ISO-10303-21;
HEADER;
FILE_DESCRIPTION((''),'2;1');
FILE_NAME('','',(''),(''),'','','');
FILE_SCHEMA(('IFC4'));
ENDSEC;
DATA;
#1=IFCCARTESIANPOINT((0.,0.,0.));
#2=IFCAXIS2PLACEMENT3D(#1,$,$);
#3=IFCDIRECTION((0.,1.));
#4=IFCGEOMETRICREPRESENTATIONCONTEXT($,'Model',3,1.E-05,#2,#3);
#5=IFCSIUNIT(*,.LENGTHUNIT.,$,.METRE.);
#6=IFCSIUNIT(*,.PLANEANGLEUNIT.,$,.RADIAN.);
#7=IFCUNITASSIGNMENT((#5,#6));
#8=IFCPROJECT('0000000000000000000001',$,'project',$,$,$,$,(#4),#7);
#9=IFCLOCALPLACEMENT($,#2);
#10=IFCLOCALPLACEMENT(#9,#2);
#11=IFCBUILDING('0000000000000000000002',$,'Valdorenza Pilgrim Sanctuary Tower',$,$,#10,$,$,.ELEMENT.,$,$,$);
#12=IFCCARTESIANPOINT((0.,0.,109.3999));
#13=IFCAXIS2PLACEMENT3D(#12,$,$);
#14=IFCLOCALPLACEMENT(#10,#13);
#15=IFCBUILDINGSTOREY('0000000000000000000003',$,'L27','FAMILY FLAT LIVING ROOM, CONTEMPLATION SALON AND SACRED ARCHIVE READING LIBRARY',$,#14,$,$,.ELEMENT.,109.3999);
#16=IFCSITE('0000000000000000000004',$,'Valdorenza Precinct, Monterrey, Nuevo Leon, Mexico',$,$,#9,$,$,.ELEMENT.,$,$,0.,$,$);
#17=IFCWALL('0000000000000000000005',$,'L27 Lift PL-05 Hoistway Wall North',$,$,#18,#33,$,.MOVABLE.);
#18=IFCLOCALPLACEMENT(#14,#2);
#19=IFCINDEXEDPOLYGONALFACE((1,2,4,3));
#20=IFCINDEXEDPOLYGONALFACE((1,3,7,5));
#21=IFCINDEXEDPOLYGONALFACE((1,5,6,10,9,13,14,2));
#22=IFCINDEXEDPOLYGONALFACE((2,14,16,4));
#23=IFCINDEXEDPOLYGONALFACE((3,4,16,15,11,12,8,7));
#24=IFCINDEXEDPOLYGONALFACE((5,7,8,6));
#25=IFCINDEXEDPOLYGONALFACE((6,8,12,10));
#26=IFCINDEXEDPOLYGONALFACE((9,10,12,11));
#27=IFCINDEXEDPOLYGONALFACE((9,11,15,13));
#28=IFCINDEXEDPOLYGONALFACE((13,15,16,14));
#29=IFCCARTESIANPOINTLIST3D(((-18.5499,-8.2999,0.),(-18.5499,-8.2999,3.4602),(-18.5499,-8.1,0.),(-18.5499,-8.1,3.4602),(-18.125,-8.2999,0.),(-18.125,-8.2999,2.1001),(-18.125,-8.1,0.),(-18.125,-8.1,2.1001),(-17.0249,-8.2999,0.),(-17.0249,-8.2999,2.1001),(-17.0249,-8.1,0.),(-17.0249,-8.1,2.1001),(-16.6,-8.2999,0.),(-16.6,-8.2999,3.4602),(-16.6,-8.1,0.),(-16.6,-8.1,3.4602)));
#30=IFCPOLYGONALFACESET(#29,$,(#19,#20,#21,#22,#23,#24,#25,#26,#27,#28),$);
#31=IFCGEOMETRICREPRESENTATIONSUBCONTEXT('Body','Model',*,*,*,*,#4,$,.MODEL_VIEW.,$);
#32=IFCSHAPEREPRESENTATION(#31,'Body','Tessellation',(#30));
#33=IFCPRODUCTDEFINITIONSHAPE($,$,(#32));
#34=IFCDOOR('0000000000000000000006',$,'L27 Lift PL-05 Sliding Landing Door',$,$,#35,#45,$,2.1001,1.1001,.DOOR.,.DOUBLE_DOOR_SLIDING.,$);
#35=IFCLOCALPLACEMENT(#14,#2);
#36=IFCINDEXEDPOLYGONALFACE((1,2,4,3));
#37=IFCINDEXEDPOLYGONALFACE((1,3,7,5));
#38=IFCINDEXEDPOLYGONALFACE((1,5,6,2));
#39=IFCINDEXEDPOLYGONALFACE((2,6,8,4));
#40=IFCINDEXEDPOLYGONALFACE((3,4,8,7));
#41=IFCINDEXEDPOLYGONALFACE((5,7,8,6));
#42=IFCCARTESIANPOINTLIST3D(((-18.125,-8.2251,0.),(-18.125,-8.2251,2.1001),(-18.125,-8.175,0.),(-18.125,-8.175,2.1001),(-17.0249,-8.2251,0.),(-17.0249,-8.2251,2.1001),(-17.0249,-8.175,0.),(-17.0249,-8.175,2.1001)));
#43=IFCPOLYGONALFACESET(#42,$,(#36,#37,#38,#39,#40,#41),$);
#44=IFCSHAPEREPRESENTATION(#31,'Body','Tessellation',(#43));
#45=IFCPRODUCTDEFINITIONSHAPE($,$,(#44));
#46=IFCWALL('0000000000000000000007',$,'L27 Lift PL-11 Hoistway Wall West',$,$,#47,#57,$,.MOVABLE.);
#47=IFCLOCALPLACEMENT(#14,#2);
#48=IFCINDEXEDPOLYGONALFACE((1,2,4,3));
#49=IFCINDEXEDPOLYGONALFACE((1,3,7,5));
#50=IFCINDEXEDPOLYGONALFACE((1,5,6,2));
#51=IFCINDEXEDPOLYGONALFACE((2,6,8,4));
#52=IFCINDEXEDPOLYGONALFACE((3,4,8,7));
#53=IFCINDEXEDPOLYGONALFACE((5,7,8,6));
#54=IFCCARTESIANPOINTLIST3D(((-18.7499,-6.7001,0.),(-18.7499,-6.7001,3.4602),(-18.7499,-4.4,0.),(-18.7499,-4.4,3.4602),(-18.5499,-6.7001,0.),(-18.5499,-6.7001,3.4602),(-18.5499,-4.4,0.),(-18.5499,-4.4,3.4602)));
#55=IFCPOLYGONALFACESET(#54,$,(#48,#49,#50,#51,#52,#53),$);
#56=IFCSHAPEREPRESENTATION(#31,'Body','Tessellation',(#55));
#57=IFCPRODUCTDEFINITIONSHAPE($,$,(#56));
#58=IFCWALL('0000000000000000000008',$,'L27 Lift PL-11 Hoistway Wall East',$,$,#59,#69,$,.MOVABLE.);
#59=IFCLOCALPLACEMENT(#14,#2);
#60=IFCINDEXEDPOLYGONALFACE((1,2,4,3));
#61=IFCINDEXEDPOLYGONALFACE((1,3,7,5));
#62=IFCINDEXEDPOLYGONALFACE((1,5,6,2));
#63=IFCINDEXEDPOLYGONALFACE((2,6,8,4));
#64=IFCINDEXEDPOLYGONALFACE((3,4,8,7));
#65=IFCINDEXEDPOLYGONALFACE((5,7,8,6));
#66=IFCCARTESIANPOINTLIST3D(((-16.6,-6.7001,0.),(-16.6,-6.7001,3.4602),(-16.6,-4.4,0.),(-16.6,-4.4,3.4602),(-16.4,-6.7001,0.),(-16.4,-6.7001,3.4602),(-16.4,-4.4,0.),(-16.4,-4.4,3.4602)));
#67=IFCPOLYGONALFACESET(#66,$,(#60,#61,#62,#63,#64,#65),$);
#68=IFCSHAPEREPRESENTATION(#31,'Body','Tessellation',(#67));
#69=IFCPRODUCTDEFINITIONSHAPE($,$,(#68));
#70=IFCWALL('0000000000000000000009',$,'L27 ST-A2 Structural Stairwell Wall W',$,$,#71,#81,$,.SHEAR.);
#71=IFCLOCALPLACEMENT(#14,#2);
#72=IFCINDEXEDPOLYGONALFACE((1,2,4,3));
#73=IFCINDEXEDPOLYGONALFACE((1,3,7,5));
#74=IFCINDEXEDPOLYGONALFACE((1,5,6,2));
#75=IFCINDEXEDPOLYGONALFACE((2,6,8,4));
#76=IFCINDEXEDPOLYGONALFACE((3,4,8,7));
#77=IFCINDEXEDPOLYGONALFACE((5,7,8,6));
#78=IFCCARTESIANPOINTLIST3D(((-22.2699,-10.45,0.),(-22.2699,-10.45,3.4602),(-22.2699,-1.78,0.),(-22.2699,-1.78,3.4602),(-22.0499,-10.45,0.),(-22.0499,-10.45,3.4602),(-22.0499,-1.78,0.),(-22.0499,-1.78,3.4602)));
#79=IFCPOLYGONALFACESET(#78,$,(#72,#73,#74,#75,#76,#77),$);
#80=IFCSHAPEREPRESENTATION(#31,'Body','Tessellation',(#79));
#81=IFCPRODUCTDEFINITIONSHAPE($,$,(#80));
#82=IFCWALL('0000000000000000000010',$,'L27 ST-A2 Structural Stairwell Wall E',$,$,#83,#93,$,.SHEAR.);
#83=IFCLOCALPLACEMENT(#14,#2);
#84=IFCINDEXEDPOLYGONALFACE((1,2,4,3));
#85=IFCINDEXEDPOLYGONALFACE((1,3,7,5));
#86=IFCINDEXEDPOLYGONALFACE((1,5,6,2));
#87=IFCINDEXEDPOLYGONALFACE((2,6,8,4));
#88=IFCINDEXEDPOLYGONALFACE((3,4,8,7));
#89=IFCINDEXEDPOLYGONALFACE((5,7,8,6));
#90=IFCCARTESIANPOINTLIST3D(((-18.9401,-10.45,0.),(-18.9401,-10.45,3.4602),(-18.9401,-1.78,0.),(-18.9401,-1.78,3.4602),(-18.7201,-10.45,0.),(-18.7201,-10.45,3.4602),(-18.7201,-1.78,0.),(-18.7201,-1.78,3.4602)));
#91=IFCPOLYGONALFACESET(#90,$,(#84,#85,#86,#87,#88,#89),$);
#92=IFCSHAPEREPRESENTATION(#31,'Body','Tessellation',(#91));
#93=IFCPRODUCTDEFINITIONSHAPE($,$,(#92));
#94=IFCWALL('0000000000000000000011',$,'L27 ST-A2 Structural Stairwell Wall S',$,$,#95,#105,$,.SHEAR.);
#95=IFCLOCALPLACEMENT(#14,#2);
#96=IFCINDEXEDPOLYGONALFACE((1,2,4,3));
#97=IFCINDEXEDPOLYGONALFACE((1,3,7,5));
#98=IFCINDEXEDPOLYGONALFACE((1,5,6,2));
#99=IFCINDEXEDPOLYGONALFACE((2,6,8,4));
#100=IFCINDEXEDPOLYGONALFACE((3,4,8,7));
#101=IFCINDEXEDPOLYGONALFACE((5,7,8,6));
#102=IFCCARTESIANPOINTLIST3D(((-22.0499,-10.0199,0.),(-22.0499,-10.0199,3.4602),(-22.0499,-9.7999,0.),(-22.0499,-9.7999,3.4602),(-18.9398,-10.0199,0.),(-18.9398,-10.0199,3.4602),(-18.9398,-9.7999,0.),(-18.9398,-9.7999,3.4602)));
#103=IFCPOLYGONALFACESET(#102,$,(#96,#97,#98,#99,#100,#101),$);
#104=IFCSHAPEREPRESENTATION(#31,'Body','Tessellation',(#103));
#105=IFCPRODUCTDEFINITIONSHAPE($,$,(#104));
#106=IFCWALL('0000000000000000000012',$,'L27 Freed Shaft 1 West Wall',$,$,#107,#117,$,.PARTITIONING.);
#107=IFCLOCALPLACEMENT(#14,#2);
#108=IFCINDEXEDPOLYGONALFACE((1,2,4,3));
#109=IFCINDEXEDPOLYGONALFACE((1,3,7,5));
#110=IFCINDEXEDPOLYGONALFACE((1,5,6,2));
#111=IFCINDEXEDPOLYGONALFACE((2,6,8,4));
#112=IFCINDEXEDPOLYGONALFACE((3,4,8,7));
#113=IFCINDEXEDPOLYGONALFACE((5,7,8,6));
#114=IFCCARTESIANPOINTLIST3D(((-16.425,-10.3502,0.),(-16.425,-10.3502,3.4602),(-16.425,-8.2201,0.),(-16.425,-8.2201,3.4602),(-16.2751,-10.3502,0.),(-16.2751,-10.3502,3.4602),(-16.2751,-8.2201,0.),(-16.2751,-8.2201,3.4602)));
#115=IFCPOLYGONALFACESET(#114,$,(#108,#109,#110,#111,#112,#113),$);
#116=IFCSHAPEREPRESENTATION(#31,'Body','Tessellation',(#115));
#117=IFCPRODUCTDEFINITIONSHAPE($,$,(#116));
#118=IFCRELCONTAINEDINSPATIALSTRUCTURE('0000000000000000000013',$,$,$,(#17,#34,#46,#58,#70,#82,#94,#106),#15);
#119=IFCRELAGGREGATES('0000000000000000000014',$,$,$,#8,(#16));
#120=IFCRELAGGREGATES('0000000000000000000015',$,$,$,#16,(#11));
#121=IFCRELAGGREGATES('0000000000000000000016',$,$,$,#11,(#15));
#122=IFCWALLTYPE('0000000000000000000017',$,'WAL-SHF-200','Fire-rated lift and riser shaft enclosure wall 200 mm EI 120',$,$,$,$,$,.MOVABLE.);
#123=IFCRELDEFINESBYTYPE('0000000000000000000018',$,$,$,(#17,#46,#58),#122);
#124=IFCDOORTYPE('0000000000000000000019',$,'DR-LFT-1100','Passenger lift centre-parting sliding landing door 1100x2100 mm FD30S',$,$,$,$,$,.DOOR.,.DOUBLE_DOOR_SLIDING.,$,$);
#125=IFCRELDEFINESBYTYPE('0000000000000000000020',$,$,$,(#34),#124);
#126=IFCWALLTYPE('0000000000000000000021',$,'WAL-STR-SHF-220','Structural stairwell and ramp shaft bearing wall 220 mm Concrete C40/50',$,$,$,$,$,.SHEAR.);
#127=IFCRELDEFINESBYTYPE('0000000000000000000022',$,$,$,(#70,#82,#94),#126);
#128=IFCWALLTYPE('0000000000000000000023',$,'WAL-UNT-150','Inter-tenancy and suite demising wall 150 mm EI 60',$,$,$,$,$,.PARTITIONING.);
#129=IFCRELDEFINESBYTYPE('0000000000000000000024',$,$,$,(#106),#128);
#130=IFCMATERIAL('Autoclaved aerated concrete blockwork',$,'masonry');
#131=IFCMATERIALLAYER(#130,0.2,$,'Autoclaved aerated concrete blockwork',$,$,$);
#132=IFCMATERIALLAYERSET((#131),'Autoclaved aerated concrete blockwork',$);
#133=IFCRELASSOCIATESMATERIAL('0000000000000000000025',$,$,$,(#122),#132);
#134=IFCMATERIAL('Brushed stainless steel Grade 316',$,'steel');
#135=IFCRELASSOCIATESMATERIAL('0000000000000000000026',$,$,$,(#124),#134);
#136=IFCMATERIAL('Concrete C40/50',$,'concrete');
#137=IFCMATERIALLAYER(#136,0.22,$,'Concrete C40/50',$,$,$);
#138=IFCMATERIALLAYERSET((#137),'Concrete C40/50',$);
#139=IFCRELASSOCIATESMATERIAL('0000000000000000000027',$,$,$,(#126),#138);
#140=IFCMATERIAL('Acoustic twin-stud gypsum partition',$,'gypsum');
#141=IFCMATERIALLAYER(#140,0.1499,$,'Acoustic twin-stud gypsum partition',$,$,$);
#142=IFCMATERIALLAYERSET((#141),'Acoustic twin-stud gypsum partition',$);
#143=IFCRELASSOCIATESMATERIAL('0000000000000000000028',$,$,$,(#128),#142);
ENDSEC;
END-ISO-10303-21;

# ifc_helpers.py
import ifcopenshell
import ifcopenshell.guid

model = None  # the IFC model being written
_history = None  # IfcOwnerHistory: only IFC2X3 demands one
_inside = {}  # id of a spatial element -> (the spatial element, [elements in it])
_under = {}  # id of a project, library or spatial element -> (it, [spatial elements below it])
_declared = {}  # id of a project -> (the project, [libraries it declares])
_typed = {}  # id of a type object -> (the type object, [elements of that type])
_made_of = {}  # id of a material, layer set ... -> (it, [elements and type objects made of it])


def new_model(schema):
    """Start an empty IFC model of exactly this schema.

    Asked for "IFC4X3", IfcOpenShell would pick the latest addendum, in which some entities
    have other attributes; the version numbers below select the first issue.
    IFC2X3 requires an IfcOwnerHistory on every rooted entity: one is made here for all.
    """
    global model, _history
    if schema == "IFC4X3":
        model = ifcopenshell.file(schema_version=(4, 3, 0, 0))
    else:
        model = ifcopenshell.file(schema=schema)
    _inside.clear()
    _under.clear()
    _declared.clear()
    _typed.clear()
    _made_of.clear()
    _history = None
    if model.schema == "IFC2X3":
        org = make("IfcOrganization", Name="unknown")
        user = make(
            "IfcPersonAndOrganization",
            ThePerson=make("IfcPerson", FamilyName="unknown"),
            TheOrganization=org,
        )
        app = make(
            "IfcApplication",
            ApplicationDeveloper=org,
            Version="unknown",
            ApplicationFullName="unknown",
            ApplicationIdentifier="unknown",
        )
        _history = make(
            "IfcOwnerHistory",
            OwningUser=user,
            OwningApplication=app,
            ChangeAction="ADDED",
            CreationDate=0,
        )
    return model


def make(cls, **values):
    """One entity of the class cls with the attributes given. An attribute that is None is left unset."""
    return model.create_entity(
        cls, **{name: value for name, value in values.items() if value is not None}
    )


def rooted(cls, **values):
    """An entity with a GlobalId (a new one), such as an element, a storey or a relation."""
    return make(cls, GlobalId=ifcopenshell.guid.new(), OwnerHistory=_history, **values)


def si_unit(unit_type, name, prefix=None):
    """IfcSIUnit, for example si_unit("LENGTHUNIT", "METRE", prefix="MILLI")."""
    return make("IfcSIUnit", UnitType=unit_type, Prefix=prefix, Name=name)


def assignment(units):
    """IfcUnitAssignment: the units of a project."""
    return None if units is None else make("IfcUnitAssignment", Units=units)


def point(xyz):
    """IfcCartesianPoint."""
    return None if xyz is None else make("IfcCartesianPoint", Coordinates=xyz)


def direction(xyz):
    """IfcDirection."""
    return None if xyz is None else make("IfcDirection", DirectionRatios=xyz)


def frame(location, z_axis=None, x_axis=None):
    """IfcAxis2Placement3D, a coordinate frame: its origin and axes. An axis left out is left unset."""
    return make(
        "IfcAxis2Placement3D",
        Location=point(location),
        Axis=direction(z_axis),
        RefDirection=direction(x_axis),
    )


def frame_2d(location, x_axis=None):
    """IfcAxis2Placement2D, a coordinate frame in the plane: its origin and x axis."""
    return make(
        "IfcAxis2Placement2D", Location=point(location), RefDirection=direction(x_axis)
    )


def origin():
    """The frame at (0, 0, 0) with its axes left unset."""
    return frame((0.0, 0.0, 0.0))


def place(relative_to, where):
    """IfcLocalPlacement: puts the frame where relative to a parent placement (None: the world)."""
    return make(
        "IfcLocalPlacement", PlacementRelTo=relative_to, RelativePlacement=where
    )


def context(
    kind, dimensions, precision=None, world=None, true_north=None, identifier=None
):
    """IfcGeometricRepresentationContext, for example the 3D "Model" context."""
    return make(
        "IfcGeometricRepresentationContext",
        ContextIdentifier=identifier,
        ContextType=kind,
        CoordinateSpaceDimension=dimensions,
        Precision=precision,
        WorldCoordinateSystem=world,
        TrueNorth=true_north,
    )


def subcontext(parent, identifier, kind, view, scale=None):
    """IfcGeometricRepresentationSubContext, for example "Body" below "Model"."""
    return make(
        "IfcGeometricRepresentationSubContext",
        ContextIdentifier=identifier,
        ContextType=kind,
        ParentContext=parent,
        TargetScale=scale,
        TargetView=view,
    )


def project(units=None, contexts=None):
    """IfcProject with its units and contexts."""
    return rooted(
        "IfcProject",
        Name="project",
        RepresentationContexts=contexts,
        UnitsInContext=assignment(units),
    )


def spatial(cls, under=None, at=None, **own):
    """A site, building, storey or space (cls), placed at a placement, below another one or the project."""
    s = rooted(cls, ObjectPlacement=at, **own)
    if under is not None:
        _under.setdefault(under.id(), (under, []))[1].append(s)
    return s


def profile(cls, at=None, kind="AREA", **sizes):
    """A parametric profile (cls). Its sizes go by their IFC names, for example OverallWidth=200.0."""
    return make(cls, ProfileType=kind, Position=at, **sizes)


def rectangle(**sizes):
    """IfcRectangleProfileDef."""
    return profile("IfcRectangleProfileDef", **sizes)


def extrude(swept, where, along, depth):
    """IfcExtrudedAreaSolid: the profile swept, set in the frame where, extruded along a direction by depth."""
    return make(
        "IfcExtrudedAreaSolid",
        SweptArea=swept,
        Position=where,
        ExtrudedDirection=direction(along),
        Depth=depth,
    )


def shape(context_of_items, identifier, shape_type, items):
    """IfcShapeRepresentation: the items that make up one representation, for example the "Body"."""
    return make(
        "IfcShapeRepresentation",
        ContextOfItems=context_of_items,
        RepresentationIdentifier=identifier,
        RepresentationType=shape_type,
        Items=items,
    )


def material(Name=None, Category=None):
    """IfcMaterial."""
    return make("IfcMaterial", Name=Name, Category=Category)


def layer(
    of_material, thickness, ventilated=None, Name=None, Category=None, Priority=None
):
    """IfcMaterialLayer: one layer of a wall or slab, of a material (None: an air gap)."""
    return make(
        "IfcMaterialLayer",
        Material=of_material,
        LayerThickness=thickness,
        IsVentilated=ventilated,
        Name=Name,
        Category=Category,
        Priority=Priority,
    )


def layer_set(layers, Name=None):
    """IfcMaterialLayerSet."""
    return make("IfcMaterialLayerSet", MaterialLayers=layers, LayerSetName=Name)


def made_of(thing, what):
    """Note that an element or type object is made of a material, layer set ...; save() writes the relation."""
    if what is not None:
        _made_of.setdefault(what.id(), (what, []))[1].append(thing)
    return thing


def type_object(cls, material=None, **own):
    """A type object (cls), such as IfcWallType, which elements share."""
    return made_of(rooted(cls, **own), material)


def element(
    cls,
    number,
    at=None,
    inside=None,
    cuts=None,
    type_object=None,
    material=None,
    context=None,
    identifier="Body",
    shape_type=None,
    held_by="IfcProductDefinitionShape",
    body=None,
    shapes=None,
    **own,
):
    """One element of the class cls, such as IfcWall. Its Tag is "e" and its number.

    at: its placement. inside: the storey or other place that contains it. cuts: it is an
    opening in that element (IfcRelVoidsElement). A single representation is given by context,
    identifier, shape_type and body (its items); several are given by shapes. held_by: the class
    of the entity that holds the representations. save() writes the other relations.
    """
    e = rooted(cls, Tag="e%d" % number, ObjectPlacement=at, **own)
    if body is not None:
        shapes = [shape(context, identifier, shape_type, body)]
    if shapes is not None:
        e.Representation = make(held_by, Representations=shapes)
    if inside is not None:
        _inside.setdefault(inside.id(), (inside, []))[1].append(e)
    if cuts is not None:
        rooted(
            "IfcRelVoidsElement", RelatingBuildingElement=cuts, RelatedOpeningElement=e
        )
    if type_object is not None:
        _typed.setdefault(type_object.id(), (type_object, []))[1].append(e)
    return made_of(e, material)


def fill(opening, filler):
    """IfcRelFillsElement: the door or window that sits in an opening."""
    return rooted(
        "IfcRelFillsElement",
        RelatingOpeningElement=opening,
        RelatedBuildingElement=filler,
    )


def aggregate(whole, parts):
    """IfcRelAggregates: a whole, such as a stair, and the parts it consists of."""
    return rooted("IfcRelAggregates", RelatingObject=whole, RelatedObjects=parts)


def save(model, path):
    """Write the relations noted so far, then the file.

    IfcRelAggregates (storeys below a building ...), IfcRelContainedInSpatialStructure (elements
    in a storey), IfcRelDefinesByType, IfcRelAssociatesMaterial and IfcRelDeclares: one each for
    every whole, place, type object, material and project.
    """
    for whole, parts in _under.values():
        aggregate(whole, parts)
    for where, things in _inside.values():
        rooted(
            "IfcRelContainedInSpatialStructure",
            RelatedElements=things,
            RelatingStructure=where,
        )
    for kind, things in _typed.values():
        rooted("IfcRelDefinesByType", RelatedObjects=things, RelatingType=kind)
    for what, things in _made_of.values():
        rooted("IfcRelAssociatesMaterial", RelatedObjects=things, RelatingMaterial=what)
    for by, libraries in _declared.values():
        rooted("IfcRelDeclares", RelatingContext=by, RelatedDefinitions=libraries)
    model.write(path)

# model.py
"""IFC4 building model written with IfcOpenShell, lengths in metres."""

from ifc_helpers import new_model, si_unit, direction, frame, frame_2d, origin, place, context, subcontext, project, spatial, rectangle, extrude, material, layer, layer_set, type_object, element, fill, save


model = new_model("IFC4")

# Units and contexts
model_context = context("Model", 3, precision=1e-05, world=origin(), true_north=direction((0.0, 1.0)))
body_context = subcontext(model_context, "Body", "Model", "MODEL_VIEW")
ifc_project = project(units=[si_unit("LENGTHUNIT", "METRE"), si_unit("PLANEANGLEUNIT", "RADIAN")], contexts=[model_context])

# Site, building, storey
site_placement = place(None, origin())
site = spatial("IfcSite", under=ifc_project, at=site_placement, Name="Valdorenza Precinct, Monterrey, Nuevo Leon, Mexico", CompositionType="ELEMENT", RefElevation=0.0)
building_placement = place(site_placement, origin())
building = spatial("IfcBuilding", under=site, at=building_placement, Name="Valdorenza Pilgrim Sanctuary Tower", CompositionType="ELEMENT")
storey_placement = place(building_placement, frame((0.0, 0.0, 109.3999)))
storey = spatial("IfcBuildingStorey", under=building, at=storey_placement, Name="L27", Description="FAMILY FLAT LIVING ROOM, CONTEMPLATION SALON AND SACRED ARCHIVE READING LIBRARY", CompositionType="ELEMENT", Elevation=109.3999)

# Shared definitions
ifc_material_1 = material(Name="Acoustic twin-stud gypsum partition", Category="gypsum")

# Shared definitions
ifc_material_2 = material(Name="Autoclaved aerated concrete blockwork", Category="masonry")
ifc_layer_1 = layer(ifc_material_2, 0.2, Name="Autoclaved aerated concrete blockwork")
ifc_layer_set_1 = layer_set([ifc_layer_1], Name="Autoclaved aerated concrete blockwork")
wall_type_1 = type_object("IfcWallType", Name="WAL-SHF-200", Description="Fire-rated lift and riser shaft enclosure wall 200 mm EI 120", PredefinedType="MOVABLE", material=ifc_layer_set_1)

# Wall, opening, door
wall_1_placement = place(storey_placement, frame((-18.55, -8.2, 0.0), z_axis=(0.0, 0.0, 1.0), x_axis=(1.0, 0.0, 0.0)))
wall_1 = element("IfcWall", 1, at=wall_1_placement, inside=storey, type_object=wall_type_1, Name="L27 Lift PL-05 Hoistway Wall North", PredefinedType="MOVABLE", context=body_context, shape_type="SweptSolid", body=[
    extrude(rectangle(XDim=1.95, YDim=0.2, at=frame_2d((0.9751, 0.0))), origin(), (0.0, 0.0, 1.0), 3.4602),
])
opening_1_placement = place(wall_1_placement, frame((0.425, 0.0, 0.0)))
opening_1 = element("IfcOpeningElement", 2, at=opening_1_placement, cuts=wall_1, PredefinedType="OPENING", context=body_context, shape_type="SweptSolid", body=[
    extrude(rectangle(XDim=1.1001, YDim=2.1001, at=frame_2d((0.55, 1.05))), frame((0.0, 0.1147, 0.0), z_axis=(0.0, -1.0, 0.0), x_axis=(1.0, 0.0, 0.0)), (0.0, 0.0, 1.0), 0.2297),
])
ifc_material_3 = material(Name="Brushed stainless steel Grade 316", Category="steel")
door_type_1 = type_object("IfcDoorType", Name="DR-LFT-1100", Description="Passenger lift centre-parting sliding landing door 1100x2100 mm FD30S", OperationType="DOUBLE_DOOR_SLIDING", PredefinedType="DOOR", material=ifc_material_3)
door_1_placement = place(opening_1_placement, origin())
door_1 = element("IfcDoor", 3, at=door_1_placement, inside=storey, type_object=door_type_1, Name="L27 Lift PL-05 Sliding Landing Door", OperationType="DOUBLE_DOOR_SLIDING", OverallHeight=2.1001, OverallWidth=1.1001, PredefinedType="DOOR", context=body_context, shape_type="SweptSolid", body=[
    extrude(rectangle(XDim=1.1001, YDim=2.1001, at=frame_2d((0.55, 1.05))), frame((0.0, 0.0249, 0.0), z_axis=(0.0, -1.0, 0.0), x_axis=(1.0, 0.0, 0.0)), (0.0, 0.0, 1.0), 0.05),
])
fill(opening_1, door_1)

# Walls
for number, where, z_axis, x_axis, name in (
    (4, (-18.6499, -6.7, 0.0), (0.0, 0.0, 1.0), (0.0, 1.0, 0.0), "L27 Lift PL-11 Hoistway Wall West"),
    (5, (-16.5, -6.7, 0.0), (0.0, 0.0, 1.0), (0.0, 1.0, 0.0), "L27 Lift PL-11 Hoistway Wall East"),
):
    element("IfcWall", number, at=place(storey_placement, frame(where, z_axis=z_axis, x_axis=x_axis)), inside=storey, type_object=wall_type_1, Name=name, PredefinedType="MOVABLE", context=body_context, shape_type="SweptSolid", body=[
        extrude(rectangle(XDim=2.3, YDim=0.2, at=frame_2d((1.1499, 0.0))), origin(), (0.0, 0.0, 1.0), 3.4602),
    ])
ifc_material_4 = material(Name="Concrete C40/50", Category="concrete")
ifc_layer_2 = layer(ifc_material_4, 0.22, Name="Concrete C40/50")
ifc_layer_set_2 = layer_set([ifc_layer_2], Name="Concrete C40/50")
wall_type_2 = type_object("IfcWallType", Name="WAL-STR-SHF-220", Description="Structural stairwell and ramp shaft bearing wall 220 mm Concrete C40/50", PredefinedType="SHEAR", material=ifc_layer_set_2)
for number, where, z_axis, x_axis, name in (
    (6, (-22.1599, -10.45, 0.0), (0.0, 0.0, 1.0), (0.0, 1.0, 0.0), "L27 ST-A2 Structural Stairwell Wall W"),
    (7, (-18.8301, -10.45, 0.0), (0.0, 0.0, 1.0), (0.0, 1.0, 0.0), "L27 ST-A2 Structural Stairwell Wall E"),
):
    element("IfcWall", number, at=place(storey_placement, frame(where, z_axis=z_axis, x_axis=x_axis)), inside=storey, type_object=wall_type_2, Name=name, PredefinedType="SHEAR", context=body_context, shape_type="SweptSolid", body=[
        extrude(rectangle(XDim=8.6699, YDim=0.22, at=frame_2d((4.335, 0.0))), origin(), (0.0, 0.0, 1.0), 3.4602),
    ])
wall_2_placement = place(storey_placement, frame((-22.05, -9.9099, 0.0), z_axis=(0.0, 0.0, 1.0), x_axis=(1.0, 0.0, 0.0)))
element("IfcWall", 8, at=wall_2_placement, inside=storey, type_object=wall_type_2, Name="L27 ST-A2 Structural Stairwell Wall S", PredefinedType="SHEAR", context=body_context, shape_type="SweptSolid", body=[
    extrude(rectangle(XDim=3.1101, YDim=0.22, at=frame_2d((1.5552, 0.0))), origin(), (0.0, 0.0, 1.0), 3.4602),
])
ifc_layer_3 = layer(ifc_material_1, 0.1499, Name="Acoustic twin-stud gypsum partition")
ifc_layer_set_3 = layer_set([ifc_layer_3], Name="Acoustic twin-stud gypsum partition")
wall_type_3 = type_object("IfcWallType", Name="WAL-UNT-150", Description="Inter-tenancy and suite demising wall 150 mm EI 60", PredefinedType="PARTITIONING", material=ifc_layer_set_3)
wall_3_placement = place(storey_placement, frame((-16.3501, -10.3501, 0.0), z_axis=(0.0, 0.0, 1.0), x_axis=(0.0, 1.0, 0.0)))
element("IfcWall", 9, at=wall_3_placement, inside=storey, type_object=wall_type_3, Name="L27 Freed Shaft 1 West Wall", PredefinedType="PARTITIONING", context=body_context, shape_type="SweptSolid", body=[
    extrude(rectangle(XDim=2.1301, YDim=0.1499, at=frame_2d((1.0649, 0.0))), origin(), (0.0, 0.0, 1.0), 3.4602),
])

save(model, "model.ifc")
